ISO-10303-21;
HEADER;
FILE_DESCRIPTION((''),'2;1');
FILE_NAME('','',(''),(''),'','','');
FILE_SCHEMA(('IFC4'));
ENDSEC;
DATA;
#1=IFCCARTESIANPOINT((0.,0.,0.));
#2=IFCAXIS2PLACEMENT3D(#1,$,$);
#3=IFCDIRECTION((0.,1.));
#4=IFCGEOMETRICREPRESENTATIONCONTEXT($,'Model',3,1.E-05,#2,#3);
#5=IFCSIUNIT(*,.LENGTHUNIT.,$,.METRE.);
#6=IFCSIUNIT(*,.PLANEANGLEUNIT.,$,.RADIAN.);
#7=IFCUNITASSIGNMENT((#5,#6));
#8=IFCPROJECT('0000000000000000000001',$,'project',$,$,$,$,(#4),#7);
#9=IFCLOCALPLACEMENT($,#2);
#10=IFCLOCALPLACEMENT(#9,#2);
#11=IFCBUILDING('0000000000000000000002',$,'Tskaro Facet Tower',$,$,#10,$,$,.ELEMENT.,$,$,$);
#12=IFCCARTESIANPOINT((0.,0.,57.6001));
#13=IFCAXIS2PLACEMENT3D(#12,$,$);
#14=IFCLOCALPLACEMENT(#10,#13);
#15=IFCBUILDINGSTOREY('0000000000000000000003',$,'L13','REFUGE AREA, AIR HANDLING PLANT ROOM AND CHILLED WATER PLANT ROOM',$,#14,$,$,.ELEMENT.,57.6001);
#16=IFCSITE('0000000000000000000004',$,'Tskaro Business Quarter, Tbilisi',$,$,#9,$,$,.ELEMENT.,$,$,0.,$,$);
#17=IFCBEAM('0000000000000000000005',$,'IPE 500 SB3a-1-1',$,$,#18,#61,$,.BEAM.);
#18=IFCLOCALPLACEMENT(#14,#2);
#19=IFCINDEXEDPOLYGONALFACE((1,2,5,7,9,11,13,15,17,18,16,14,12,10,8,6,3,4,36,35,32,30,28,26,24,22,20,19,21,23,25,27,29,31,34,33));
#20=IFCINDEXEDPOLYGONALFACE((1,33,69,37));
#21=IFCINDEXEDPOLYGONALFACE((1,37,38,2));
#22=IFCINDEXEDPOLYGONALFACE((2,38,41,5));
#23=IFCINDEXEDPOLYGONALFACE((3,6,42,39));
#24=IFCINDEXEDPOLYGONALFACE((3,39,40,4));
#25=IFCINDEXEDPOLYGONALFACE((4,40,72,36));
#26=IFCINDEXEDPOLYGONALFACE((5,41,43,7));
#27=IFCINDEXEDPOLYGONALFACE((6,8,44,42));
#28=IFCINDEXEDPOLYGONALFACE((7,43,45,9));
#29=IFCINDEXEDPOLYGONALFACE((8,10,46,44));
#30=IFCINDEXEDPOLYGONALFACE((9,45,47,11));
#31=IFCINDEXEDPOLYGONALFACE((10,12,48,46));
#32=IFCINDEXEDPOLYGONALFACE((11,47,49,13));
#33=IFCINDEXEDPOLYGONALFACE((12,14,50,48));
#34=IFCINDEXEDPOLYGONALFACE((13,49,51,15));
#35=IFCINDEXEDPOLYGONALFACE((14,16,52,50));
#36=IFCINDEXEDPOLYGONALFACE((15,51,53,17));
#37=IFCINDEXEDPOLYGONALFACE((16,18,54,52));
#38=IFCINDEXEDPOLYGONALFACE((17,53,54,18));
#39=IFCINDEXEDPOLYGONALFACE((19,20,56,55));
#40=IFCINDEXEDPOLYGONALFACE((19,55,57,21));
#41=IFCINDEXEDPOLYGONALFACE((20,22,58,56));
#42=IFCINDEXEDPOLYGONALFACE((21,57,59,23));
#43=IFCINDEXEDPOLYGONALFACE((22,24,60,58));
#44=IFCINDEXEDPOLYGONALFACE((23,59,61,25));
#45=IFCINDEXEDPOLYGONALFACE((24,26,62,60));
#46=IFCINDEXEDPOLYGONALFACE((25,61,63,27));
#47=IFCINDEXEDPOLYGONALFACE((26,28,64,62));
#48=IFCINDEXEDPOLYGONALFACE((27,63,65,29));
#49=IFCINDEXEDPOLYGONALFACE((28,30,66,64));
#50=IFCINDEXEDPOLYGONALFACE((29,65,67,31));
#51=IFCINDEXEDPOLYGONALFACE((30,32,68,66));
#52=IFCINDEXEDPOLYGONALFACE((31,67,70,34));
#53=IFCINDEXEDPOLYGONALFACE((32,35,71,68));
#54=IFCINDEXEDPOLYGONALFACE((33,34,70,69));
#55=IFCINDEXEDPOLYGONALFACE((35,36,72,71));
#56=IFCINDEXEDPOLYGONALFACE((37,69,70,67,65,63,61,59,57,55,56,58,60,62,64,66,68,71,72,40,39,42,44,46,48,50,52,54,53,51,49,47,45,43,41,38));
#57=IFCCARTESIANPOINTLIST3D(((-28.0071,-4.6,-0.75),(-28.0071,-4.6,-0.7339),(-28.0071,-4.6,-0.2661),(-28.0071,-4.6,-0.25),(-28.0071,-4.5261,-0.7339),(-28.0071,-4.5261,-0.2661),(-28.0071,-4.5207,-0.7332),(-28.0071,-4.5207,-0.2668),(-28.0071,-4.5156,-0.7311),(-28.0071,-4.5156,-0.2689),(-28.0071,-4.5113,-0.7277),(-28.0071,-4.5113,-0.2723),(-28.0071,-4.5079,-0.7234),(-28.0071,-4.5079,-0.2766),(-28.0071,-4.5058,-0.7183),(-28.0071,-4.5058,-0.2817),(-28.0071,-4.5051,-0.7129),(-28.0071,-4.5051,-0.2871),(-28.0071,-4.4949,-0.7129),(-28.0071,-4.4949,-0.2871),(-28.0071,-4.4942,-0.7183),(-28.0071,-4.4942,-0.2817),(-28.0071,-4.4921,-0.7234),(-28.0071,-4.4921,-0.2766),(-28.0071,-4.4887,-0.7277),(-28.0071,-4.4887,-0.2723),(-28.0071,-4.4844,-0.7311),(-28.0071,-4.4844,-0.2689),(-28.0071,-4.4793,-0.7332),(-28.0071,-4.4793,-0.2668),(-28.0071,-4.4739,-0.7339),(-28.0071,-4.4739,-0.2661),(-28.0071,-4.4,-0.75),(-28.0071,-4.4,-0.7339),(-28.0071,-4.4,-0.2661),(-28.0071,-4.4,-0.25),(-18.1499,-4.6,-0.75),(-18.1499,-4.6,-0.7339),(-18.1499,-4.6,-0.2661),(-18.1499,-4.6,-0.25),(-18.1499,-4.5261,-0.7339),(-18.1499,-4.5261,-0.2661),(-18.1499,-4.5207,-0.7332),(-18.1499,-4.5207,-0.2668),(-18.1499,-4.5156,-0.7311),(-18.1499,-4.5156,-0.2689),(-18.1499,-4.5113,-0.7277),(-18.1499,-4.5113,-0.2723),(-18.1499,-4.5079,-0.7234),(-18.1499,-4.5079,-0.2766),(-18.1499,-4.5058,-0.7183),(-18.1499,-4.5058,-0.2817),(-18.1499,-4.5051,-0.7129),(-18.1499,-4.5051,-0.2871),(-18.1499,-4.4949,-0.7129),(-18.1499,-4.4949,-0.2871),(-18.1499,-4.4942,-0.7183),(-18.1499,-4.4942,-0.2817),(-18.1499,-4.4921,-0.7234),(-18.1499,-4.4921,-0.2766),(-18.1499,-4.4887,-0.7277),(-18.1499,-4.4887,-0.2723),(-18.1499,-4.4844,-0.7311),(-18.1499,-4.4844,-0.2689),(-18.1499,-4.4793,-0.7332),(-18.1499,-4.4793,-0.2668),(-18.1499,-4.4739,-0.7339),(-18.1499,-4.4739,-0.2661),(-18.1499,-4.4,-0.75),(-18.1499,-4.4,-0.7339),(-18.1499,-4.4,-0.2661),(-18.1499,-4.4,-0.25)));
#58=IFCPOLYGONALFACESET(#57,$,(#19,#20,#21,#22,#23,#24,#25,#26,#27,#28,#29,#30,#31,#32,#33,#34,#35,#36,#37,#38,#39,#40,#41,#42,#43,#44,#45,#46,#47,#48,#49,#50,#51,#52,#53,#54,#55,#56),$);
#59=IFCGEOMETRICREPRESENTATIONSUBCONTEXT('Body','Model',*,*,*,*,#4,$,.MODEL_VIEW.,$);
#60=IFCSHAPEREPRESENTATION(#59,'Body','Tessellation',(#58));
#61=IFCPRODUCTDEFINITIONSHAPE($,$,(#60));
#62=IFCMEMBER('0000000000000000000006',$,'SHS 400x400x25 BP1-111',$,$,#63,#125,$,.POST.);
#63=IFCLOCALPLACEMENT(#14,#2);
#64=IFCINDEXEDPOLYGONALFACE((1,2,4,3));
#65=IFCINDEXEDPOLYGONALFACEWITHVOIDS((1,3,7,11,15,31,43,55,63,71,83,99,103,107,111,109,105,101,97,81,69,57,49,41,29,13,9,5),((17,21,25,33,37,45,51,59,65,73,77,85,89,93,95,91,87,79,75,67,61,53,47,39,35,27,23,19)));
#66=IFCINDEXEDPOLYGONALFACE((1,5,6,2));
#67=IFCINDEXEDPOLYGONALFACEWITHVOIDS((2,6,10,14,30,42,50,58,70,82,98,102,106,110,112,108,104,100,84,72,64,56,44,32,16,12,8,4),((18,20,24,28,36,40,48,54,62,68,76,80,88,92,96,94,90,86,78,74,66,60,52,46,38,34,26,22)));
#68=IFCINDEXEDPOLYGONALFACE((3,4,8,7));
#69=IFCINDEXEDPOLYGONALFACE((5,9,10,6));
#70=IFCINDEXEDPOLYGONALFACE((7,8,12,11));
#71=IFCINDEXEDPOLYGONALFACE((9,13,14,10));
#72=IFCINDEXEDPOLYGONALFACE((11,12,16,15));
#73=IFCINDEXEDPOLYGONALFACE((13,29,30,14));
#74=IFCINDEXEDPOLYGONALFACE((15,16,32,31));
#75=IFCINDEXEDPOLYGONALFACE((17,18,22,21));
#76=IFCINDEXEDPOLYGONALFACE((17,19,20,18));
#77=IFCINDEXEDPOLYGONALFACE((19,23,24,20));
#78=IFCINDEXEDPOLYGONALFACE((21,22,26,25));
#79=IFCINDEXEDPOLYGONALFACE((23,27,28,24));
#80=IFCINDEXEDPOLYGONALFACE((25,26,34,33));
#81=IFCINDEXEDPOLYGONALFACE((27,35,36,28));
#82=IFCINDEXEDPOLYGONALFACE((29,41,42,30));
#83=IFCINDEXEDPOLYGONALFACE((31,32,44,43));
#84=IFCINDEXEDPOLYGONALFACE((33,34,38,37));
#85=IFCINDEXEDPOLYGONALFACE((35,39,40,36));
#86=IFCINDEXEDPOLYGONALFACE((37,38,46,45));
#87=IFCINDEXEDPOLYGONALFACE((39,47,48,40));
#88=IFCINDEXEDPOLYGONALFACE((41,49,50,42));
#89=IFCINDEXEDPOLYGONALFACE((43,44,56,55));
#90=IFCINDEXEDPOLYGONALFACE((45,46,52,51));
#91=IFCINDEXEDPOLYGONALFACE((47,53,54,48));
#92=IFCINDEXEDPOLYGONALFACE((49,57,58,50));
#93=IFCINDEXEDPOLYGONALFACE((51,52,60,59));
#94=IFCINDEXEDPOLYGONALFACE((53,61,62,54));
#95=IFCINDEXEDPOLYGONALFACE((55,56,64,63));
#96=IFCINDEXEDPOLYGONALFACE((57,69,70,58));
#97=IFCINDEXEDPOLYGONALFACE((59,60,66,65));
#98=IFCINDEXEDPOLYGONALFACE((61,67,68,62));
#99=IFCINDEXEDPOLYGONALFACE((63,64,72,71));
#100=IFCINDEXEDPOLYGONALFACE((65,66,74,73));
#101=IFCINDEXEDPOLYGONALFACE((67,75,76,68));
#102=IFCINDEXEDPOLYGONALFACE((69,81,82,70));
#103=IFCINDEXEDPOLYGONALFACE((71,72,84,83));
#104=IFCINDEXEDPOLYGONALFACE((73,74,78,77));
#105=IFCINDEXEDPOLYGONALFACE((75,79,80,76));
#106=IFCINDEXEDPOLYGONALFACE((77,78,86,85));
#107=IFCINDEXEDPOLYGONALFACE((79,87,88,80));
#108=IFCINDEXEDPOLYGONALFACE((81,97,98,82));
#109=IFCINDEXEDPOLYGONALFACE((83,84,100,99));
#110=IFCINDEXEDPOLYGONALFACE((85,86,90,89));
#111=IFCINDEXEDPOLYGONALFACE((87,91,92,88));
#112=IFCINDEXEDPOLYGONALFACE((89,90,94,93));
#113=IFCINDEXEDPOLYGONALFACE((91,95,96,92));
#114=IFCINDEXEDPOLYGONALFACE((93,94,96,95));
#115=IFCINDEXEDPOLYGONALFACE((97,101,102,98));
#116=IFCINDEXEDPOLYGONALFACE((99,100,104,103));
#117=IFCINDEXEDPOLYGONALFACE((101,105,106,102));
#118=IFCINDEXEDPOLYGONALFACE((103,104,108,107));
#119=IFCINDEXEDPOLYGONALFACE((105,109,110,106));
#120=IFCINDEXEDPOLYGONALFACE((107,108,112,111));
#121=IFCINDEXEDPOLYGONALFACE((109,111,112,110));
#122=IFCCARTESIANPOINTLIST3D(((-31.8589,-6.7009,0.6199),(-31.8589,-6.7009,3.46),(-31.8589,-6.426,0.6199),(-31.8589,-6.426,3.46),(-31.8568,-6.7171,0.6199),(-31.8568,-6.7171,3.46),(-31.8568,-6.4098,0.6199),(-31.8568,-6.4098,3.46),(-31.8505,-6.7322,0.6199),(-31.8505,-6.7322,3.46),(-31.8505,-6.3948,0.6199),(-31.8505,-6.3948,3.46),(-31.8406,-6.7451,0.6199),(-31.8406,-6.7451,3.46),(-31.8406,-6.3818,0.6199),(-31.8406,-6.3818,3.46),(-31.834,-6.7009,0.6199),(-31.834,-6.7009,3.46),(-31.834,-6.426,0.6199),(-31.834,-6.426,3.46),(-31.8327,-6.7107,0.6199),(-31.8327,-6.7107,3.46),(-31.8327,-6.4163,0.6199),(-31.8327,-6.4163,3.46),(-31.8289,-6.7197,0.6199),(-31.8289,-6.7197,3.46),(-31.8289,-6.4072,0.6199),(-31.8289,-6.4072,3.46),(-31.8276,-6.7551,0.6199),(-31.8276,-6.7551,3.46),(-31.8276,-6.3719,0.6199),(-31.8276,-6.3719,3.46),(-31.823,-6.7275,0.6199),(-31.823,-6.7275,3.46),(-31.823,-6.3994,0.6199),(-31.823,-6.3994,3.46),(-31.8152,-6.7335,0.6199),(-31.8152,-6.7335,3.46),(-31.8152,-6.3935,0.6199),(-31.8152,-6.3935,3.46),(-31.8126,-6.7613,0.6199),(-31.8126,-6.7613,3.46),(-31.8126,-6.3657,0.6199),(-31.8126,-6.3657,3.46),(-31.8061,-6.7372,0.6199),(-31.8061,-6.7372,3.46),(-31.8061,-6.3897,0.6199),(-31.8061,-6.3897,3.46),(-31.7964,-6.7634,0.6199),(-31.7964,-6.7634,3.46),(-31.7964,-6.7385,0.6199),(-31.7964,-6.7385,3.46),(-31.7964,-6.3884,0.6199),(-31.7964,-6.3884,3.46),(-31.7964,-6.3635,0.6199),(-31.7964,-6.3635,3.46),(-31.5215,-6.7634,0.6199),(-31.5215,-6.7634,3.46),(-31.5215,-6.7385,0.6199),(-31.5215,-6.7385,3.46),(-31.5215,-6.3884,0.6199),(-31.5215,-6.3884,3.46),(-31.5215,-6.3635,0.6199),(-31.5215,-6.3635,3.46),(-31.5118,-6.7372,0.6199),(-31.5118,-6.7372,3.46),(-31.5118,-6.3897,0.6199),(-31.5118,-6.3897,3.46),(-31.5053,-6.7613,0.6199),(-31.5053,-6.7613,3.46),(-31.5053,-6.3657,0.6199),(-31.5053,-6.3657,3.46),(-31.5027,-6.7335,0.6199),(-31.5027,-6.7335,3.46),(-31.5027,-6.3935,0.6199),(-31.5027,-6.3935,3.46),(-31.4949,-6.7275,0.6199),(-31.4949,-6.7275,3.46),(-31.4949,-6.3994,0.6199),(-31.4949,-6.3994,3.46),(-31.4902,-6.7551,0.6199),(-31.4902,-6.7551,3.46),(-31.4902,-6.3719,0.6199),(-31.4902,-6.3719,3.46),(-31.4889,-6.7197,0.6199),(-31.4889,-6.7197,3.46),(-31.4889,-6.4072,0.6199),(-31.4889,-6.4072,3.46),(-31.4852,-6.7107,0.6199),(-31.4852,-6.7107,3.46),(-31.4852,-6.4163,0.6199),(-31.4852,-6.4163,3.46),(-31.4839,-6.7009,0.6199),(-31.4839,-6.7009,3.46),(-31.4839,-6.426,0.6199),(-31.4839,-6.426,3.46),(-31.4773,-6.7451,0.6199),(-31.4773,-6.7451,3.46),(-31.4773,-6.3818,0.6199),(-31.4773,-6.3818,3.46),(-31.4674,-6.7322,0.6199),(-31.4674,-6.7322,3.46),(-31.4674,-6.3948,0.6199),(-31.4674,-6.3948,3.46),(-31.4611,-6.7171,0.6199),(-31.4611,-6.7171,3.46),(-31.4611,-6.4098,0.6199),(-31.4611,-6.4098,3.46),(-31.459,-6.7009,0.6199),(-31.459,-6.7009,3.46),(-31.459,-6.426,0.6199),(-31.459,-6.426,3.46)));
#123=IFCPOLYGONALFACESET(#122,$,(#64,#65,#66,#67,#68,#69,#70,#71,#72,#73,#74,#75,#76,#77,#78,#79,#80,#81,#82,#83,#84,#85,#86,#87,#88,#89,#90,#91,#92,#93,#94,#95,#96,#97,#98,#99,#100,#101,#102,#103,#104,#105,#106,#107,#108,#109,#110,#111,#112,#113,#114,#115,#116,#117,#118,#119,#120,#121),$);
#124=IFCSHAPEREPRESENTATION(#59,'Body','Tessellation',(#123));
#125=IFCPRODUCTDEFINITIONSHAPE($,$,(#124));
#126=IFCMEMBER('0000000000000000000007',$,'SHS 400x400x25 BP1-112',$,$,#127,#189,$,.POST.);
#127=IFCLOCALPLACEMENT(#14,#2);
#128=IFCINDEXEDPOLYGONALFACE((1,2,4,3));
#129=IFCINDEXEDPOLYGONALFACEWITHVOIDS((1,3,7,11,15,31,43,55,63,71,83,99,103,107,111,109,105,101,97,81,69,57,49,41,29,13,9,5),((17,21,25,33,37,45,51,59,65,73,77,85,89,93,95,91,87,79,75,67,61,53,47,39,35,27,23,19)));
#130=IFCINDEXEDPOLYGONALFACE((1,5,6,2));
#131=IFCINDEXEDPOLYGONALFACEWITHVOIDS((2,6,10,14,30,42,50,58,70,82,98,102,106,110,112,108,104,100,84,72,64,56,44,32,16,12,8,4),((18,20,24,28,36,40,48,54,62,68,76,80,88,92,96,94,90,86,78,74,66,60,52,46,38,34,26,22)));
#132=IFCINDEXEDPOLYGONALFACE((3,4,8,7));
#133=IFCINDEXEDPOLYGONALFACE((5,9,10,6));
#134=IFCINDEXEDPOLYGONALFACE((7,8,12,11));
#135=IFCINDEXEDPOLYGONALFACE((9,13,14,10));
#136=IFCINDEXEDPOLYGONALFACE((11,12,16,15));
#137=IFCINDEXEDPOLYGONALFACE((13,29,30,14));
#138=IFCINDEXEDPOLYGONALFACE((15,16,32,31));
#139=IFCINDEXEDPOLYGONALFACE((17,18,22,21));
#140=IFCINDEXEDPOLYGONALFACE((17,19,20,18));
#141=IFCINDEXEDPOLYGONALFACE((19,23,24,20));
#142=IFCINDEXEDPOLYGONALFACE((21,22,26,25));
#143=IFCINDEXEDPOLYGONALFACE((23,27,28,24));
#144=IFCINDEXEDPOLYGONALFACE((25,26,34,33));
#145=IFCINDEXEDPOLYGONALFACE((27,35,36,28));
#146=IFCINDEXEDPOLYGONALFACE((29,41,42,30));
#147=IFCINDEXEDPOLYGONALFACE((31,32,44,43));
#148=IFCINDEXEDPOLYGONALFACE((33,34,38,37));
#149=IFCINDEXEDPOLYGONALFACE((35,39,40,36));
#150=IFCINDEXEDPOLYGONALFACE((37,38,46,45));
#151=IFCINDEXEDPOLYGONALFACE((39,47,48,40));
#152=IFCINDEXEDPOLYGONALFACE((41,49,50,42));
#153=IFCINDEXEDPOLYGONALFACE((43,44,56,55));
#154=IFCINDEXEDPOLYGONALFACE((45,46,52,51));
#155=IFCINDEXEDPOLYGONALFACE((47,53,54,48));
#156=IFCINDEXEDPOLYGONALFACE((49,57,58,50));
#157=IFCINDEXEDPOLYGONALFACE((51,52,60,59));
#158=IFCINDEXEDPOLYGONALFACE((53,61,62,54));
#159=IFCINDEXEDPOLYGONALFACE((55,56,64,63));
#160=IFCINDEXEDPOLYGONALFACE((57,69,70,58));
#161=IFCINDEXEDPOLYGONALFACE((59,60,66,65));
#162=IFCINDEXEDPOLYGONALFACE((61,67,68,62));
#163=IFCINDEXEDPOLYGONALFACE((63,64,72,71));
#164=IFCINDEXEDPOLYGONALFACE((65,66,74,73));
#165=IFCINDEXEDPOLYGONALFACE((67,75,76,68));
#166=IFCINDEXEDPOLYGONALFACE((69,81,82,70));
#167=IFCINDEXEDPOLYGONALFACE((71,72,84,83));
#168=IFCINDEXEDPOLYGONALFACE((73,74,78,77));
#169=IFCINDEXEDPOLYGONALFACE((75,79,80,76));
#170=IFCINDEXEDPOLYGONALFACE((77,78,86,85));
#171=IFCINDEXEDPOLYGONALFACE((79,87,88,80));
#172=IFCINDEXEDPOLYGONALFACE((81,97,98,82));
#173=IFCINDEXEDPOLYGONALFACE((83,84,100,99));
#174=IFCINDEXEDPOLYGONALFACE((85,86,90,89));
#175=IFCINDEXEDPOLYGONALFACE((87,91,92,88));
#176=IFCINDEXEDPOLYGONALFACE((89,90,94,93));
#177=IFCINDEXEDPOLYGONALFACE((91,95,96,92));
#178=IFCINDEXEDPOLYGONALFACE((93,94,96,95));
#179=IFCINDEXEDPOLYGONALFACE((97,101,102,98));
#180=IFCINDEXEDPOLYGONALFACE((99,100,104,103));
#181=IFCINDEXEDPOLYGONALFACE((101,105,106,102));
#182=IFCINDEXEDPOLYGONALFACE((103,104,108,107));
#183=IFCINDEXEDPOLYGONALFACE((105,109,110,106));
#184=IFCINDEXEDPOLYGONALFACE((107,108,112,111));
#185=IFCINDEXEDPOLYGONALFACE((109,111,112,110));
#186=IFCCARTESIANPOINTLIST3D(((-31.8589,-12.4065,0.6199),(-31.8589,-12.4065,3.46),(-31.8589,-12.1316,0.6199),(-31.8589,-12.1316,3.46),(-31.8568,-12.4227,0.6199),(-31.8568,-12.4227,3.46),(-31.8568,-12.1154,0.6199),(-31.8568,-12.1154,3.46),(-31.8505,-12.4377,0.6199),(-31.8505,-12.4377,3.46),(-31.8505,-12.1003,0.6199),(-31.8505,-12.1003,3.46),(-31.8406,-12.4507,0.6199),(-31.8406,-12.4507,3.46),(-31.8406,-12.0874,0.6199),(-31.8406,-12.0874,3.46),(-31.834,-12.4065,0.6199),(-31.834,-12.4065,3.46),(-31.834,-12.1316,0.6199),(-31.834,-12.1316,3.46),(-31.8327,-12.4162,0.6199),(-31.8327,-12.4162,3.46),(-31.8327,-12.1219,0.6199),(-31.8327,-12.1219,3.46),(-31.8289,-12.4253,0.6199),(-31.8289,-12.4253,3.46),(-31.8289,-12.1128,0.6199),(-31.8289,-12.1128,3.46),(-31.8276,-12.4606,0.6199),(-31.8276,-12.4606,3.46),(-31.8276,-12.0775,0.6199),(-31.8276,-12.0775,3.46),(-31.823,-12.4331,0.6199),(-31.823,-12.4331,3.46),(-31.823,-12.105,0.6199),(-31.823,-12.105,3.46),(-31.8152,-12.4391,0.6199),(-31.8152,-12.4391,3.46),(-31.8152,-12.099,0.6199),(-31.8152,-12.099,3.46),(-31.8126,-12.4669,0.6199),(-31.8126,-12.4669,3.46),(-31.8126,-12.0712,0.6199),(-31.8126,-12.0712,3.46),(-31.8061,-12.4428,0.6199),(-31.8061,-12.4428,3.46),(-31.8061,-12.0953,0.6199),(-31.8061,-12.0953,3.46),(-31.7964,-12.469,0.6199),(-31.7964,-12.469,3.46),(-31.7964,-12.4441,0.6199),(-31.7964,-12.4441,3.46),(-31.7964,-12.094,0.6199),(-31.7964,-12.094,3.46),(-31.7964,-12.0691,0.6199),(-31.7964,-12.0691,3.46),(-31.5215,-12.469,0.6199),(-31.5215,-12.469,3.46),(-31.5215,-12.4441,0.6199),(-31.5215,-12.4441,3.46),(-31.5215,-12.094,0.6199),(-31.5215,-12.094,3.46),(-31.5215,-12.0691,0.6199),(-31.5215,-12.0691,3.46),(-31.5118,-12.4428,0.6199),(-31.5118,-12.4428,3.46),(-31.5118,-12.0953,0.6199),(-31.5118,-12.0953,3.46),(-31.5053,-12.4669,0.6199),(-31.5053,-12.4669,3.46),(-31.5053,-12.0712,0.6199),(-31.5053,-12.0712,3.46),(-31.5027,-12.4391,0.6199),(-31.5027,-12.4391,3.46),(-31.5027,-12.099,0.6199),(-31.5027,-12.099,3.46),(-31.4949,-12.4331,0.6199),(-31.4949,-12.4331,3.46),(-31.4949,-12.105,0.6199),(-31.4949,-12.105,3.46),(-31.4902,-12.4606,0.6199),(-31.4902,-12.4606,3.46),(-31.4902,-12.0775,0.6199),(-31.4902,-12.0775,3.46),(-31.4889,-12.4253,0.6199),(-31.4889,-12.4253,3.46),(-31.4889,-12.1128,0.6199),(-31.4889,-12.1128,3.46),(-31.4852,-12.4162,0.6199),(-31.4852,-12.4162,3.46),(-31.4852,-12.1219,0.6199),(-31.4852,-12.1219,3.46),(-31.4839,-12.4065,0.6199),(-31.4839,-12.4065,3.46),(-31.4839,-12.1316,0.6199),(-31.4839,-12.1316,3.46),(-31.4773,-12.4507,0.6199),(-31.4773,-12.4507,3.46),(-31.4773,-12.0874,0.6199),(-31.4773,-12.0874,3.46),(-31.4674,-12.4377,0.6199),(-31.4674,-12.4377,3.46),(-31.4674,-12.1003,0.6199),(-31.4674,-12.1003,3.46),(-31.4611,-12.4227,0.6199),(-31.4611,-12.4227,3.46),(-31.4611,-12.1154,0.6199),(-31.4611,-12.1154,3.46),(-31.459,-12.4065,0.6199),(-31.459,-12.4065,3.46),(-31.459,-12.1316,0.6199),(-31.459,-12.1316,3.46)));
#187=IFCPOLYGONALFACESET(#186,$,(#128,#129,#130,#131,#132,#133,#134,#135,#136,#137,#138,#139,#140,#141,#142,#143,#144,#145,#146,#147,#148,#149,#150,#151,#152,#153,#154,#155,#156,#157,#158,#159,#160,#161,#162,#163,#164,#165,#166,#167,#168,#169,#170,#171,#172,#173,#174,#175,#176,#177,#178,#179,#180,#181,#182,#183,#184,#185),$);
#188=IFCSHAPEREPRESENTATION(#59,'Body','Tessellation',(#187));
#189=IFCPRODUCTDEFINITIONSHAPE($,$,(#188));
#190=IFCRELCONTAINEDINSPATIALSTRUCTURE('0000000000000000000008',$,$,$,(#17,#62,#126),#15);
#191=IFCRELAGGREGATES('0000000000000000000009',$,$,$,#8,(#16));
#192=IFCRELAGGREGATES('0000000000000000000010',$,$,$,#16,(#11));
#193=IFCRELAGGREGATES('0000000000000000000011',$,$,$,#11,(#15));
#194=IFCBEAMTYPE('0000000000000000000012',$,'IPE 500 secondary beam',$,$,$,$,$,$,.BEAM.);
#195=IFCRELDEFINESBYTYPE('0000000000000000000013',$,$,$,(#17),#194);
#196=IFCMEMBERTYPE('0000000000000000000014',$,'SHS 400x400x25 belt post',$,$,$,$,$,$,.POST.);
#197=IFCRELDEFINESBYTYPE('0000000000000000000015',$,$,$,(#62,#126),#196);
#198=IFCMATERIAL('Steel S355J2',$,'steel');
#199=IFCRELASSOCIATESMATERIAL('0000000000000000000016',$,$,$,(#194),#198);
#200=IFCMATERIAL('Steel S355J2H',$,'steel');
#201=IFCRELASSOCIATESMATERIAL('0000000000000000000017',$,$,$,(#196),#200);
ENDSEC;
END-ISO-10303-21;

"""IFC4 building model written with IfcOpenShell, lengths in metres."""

from ifc_helpers import new_model, si_unit, direction, frame, origin, origin_2d, place, context, subcontext, project, spatial, hollow_rectangle, i_section, extrude, material, material_profile, profile_set, type_object, element, save


model = new_model("IFC4")

# Units and contexts
model_context = context("Model", 3, precision=1e-05, world=origin(), true_north=direction((0.0, 1.0)))
body_context = subcontext(model_context, "Body", "Model", "MODEL_VIEW")
ifc_project = project(units=[si_unit("LENGTHUNIT", "METRE"), si_unit("PLANEANGLEUNIT", "RADIAN")], contexts=[model_context])

# Site, building, storey
site_placement = place(None, origin())
site = spatial("IfcSite", under=ifc_project, at=site_placement, Name="Tskaro Business Quarter, Tbilisi", CompositionType="ELEMENT", RefElevation=0.0)
building_placement = place(site_placement, origin())
building = spatial("IfcBuilding", under=site, at=building_placement, Name="Tskaro Facet Tower", CompositionType="ELEMENT")
storey_placement = place(building_placement, frame((0.0, 0.0, 57.6001)))
storey = spatial("IfcBuildingStorey", under=building, at=storey_placement, Name="L13", Description="REFUGE AREA, AIR HANDLING PLANT ROOM AND CHILLED WATER PLANT ROOM", CompositionType="ELEMENT", Elevation=57.6001)

# Shared definitions
ifc_material_1 = material(Name="Steel S355J2H", Category="steel")

# Beam
ifc_material_2 = material(Name="Steel S355J2", Category="steel")
ifc_material_profile_1 = material_profile(ifc_material_2, i_section(OverallWidth=0.2, OverallDepth=0.5, WebThickness=0.0103, FlangeThickness=0.0161, FilletRadius=0.021, at=origin_2d()), Name="IPE 500")
ifc_profile_set_1 = profile_set([ifc_material_profile_1], Name="Steel S355J2")
beam_type_1 = type_object("IfcBeamType", Name="IPE 500 secondary beam", PredefinedType="BEAM", material=ifc_profile_set_1)
for number, where, z_axis, x_axis, name in (
    (1, (-28.0071, -4.5, -0.5), (1.0, 0.0, 0.0), (0.0, 1.0, 0.0), "IPE 500 SB3a-1-1"),
):
    element("IfcBeam", number, at=place(storey_placement, frame(where, z_axis=z_axis, x_axis=x_axis)), inside=storey, type_object=beam_type_1, Name=name, PredefinedType="BEAM", context=body_context, shape_type="SweptSolid", body=[
        extrude(i_section(OverallWidth=0.2, OverallDepth=0.5, WebThickness=0.0103, FlangeThickness=0.0161, FilletRadius=0.021, at=origin_2d()), origin(), (0.0, 0.0, 1.0), 9.8572),
    ])

# Members
ifc_material_profile_2 = material_profile(ifc_material_1, hollow_rectangle(XDim=0.3999, YDim=0.3999, WallThickness=0.0249, InnerFilletRadius=0.0376, OuterFilletRadius=0.0625, at=origin_2d()), Name="SHS 400x400x25")
ifc_profile_set_2 = profile_set([ifc_material_profile_2], Name="Steel S355J2H")
member_type_1 = type_object("IfcMemberType", Name="SHS 400x400x25 belt post", PredefinedType="POST", material=ifc_profile_set_2)
for number, where, z_axis, x_axis, name in (
    (2, (-31.6589, -6.5635, 0.6199), (0.0, 0.0, 1.0), (1.0, 0.0, 0.0), "SHS 400x400x25 BP1-111"),
    (3, (-31.6589, -12.269, 0.6199), (0.0, 0.0, 1.0), (1.0, 0.0, 0.0), "SHS 400x400x25 BP1-112"),
):
    element("IfcMember", number, at=place(storey_placement, frame(where, z_axis=z_axis, x_axis=x_axis)), inside=storey, type_object=member_type_1, Name=name, PredefinedType="POST", context=body_context, shape_type="SweptSolid", body=[
        extrude(hollow_rectangle(XDim=0.3999, YDim=0.3999, WallThickness=0.0249, InnerFilletRadius=0.0376, OuterFilletRadius=0.0625, at=origin_2d()), origin(), (0.0, 0.0, 1.0), 2.8401),
    ])

save(model, "model.ifc")
